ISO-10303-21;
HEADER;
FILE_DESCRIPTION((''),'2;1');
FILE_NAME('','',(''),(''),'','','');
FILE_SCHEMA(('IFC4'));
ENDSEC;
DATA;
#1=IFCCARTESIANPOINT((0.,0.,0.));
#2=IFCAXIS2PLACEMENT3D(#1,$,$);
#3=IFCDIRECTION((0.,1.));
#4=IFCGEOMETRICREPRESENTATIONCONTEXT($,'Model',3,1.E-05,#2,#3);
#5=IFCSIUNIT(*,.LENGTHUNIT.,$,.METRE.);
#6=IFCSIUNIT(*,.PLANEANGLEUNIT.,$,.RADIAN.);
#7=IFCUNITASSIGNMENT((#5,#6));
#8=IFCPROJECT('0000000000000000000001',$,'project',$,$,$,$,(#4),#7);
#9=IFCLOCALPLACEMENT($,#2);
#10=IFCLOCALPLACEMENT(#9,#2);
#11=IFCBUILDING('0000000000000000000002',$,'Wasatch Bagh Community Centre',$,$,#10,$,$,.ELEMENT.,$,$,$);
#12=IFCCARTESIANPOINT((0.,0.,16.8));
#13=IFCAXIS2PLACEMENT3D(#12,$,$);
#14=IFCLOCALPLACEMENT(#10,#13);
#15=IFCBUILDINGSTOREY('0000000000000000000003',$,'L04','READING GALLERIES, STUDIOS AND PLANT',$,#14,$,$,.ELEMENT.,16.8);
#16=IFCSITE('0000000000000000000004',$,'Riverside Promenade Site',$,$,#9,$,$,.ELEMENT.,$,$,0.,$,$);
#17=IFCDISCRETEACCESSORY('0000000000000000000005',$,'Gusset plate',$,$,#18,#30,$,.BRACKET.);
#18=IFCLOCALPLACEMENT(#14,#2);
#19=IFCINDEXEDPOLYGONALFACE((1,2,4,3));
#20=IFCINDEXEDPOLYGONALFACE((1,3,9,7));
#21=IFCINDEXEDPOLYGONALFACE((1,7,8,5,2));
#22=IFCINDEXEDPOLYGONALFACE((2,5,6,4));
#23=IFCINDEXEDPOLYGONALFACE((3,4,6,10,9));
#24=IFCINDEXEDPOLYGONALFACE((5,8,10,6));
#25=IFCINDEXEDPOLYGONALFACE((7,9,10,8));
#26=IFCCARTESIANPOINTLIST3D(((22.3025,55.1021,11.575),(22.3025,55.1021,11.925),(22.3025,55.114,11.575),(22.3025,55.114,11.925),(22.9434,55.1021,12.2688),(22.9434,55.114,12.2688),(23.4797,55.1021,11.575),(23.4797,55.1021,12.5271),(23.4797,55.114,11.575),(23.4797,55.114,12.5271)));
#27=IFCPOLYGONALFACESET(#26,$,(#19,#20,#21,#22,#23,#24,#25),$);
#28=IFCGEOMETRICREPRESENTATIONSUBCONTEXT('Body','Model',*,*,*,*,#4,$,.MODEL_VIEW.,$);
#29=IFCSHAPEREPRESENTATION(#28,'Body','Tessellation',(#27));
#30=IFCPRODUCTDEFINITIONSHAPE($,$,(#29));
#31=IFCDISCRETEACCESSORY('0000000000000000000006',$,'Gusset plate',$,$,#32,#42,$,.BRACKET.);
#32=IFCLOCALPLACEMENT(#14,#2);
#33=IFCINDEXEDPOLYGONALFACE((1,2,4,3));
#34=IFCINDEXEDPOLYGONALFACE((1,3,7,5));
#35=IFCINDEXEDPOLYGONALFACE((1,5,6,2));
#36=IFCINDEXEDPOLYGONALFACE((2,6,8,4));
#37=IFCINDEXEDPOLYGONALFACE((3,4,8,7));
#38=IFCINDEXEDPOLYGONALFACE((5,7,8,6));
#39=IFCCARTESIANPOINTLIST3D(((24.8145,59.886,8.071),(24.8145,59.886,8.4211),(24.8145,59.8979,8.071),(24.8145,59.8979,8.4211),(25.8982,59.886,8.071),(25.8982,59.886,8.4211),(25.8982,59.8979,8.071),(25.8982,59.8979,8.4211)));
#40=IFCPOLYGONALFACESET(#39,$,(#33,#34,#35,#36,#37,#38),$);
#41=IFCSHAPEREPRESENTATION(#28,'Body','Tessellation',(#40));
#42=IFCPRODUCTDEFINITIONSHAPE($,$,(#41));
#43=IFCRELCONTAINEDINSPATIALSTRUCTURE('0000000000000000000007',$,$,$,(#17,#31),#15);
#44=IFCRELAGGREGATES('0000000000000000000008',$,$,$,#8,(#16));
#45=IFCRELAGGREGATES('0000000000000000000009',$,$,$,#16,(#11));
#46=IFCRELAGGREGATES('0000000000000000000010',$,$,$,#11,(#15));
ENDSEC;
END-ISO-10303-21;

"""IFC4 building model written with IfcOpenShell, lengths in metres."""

from ifc_helpers import new_model, si_unit, direction, frame, origin, place, context, subcontext, project, spatial, polyline, outline, extrude, element, save


model = new_model("IFC4")

# Units and contexts
model_context = context("Model", 3, precision=1e-05, world=origin(), true_north=direction((0.0, 1.0)))
body_context = subcontext(model_context, "Body", "Model", "MODEL_VIEW")
ifc_project = project(units=[si_unit("LENGTHUNIT", "METRE"), si_unit("PLANEANGLEUNIT", "RADIAN")], contexts=[model_context])

# Site, building, storey
site_placement = place(None, origin())
site = spatial("IfcSite", under=ifc_project, at=site_placement, Name="Riverside Promenade Site", CompositionType="ELEMENT", RefElevation=0.0)
building_placement = place(site_placement, origin())
building = spatial("IfcBuilding", under=site, at=building_placement, Name="Wasatch Bagh Community Centre", CompositionType="ELEMENT")
storey_placement = place(building_placement, frame((0.0, 0.0, 16.8)))
storey = spatial("IfcBuildingStorey", under=building, at=storey_placement, Name="L04", Description="READING GALLERIES, STUDIOS AND PLANT", CompositionType="ELEMENT", Elevation=16.8)

# Discrete accessories
discrete_accessory_1_placement = place(storey_placement, frame((22.3025, 55.114, 11.925), z_axis=(0.0, 1.0, 0.0), x_axis=(0.881235, 0.0, 0.472678)))
element("IfcDiscreteAccessory", 1, at=discrete_accessory_1_placement, inside=storey, Name="Gusset plate", PredefinedType="BRACKET", context=body_context, shape_type="SweptSolid", body=[
    extrude(outline(polyline([(0.0, 0.0), (0.7272, 0.0), (1.322, 0.0259), (0.8719, 0.865), (-0.1655, 0.3085), (0.0, 0.0)])), origin(), (0.0, 0.0, -1.0), 0.012),
])
discrete_accessory_2_placement = place(storey_placement, frame((24.8145, 59.886, 8.071), z_axis=(0.0, -1.0, 0.0), x_axis=(1.0, 0.0, 0.0)))
element("IfcDiscreteAccessory", 2, at=discrete_accessory_2_placement, inside=storey, Name="Gusset plate", PredefinedType="BRACKET", context=body_context, shape_type="SweptSolid", body=[
    extrude(outline(polyline([(0.0, 0.0), (1.0837, 0.0), (1.0837, 0.3501), (0.0, 0.3501), (0.0, 0.0)])), origin(), (0.0, 0.0, -1.0), 0.012),
])

save(model, "model.ifc")
